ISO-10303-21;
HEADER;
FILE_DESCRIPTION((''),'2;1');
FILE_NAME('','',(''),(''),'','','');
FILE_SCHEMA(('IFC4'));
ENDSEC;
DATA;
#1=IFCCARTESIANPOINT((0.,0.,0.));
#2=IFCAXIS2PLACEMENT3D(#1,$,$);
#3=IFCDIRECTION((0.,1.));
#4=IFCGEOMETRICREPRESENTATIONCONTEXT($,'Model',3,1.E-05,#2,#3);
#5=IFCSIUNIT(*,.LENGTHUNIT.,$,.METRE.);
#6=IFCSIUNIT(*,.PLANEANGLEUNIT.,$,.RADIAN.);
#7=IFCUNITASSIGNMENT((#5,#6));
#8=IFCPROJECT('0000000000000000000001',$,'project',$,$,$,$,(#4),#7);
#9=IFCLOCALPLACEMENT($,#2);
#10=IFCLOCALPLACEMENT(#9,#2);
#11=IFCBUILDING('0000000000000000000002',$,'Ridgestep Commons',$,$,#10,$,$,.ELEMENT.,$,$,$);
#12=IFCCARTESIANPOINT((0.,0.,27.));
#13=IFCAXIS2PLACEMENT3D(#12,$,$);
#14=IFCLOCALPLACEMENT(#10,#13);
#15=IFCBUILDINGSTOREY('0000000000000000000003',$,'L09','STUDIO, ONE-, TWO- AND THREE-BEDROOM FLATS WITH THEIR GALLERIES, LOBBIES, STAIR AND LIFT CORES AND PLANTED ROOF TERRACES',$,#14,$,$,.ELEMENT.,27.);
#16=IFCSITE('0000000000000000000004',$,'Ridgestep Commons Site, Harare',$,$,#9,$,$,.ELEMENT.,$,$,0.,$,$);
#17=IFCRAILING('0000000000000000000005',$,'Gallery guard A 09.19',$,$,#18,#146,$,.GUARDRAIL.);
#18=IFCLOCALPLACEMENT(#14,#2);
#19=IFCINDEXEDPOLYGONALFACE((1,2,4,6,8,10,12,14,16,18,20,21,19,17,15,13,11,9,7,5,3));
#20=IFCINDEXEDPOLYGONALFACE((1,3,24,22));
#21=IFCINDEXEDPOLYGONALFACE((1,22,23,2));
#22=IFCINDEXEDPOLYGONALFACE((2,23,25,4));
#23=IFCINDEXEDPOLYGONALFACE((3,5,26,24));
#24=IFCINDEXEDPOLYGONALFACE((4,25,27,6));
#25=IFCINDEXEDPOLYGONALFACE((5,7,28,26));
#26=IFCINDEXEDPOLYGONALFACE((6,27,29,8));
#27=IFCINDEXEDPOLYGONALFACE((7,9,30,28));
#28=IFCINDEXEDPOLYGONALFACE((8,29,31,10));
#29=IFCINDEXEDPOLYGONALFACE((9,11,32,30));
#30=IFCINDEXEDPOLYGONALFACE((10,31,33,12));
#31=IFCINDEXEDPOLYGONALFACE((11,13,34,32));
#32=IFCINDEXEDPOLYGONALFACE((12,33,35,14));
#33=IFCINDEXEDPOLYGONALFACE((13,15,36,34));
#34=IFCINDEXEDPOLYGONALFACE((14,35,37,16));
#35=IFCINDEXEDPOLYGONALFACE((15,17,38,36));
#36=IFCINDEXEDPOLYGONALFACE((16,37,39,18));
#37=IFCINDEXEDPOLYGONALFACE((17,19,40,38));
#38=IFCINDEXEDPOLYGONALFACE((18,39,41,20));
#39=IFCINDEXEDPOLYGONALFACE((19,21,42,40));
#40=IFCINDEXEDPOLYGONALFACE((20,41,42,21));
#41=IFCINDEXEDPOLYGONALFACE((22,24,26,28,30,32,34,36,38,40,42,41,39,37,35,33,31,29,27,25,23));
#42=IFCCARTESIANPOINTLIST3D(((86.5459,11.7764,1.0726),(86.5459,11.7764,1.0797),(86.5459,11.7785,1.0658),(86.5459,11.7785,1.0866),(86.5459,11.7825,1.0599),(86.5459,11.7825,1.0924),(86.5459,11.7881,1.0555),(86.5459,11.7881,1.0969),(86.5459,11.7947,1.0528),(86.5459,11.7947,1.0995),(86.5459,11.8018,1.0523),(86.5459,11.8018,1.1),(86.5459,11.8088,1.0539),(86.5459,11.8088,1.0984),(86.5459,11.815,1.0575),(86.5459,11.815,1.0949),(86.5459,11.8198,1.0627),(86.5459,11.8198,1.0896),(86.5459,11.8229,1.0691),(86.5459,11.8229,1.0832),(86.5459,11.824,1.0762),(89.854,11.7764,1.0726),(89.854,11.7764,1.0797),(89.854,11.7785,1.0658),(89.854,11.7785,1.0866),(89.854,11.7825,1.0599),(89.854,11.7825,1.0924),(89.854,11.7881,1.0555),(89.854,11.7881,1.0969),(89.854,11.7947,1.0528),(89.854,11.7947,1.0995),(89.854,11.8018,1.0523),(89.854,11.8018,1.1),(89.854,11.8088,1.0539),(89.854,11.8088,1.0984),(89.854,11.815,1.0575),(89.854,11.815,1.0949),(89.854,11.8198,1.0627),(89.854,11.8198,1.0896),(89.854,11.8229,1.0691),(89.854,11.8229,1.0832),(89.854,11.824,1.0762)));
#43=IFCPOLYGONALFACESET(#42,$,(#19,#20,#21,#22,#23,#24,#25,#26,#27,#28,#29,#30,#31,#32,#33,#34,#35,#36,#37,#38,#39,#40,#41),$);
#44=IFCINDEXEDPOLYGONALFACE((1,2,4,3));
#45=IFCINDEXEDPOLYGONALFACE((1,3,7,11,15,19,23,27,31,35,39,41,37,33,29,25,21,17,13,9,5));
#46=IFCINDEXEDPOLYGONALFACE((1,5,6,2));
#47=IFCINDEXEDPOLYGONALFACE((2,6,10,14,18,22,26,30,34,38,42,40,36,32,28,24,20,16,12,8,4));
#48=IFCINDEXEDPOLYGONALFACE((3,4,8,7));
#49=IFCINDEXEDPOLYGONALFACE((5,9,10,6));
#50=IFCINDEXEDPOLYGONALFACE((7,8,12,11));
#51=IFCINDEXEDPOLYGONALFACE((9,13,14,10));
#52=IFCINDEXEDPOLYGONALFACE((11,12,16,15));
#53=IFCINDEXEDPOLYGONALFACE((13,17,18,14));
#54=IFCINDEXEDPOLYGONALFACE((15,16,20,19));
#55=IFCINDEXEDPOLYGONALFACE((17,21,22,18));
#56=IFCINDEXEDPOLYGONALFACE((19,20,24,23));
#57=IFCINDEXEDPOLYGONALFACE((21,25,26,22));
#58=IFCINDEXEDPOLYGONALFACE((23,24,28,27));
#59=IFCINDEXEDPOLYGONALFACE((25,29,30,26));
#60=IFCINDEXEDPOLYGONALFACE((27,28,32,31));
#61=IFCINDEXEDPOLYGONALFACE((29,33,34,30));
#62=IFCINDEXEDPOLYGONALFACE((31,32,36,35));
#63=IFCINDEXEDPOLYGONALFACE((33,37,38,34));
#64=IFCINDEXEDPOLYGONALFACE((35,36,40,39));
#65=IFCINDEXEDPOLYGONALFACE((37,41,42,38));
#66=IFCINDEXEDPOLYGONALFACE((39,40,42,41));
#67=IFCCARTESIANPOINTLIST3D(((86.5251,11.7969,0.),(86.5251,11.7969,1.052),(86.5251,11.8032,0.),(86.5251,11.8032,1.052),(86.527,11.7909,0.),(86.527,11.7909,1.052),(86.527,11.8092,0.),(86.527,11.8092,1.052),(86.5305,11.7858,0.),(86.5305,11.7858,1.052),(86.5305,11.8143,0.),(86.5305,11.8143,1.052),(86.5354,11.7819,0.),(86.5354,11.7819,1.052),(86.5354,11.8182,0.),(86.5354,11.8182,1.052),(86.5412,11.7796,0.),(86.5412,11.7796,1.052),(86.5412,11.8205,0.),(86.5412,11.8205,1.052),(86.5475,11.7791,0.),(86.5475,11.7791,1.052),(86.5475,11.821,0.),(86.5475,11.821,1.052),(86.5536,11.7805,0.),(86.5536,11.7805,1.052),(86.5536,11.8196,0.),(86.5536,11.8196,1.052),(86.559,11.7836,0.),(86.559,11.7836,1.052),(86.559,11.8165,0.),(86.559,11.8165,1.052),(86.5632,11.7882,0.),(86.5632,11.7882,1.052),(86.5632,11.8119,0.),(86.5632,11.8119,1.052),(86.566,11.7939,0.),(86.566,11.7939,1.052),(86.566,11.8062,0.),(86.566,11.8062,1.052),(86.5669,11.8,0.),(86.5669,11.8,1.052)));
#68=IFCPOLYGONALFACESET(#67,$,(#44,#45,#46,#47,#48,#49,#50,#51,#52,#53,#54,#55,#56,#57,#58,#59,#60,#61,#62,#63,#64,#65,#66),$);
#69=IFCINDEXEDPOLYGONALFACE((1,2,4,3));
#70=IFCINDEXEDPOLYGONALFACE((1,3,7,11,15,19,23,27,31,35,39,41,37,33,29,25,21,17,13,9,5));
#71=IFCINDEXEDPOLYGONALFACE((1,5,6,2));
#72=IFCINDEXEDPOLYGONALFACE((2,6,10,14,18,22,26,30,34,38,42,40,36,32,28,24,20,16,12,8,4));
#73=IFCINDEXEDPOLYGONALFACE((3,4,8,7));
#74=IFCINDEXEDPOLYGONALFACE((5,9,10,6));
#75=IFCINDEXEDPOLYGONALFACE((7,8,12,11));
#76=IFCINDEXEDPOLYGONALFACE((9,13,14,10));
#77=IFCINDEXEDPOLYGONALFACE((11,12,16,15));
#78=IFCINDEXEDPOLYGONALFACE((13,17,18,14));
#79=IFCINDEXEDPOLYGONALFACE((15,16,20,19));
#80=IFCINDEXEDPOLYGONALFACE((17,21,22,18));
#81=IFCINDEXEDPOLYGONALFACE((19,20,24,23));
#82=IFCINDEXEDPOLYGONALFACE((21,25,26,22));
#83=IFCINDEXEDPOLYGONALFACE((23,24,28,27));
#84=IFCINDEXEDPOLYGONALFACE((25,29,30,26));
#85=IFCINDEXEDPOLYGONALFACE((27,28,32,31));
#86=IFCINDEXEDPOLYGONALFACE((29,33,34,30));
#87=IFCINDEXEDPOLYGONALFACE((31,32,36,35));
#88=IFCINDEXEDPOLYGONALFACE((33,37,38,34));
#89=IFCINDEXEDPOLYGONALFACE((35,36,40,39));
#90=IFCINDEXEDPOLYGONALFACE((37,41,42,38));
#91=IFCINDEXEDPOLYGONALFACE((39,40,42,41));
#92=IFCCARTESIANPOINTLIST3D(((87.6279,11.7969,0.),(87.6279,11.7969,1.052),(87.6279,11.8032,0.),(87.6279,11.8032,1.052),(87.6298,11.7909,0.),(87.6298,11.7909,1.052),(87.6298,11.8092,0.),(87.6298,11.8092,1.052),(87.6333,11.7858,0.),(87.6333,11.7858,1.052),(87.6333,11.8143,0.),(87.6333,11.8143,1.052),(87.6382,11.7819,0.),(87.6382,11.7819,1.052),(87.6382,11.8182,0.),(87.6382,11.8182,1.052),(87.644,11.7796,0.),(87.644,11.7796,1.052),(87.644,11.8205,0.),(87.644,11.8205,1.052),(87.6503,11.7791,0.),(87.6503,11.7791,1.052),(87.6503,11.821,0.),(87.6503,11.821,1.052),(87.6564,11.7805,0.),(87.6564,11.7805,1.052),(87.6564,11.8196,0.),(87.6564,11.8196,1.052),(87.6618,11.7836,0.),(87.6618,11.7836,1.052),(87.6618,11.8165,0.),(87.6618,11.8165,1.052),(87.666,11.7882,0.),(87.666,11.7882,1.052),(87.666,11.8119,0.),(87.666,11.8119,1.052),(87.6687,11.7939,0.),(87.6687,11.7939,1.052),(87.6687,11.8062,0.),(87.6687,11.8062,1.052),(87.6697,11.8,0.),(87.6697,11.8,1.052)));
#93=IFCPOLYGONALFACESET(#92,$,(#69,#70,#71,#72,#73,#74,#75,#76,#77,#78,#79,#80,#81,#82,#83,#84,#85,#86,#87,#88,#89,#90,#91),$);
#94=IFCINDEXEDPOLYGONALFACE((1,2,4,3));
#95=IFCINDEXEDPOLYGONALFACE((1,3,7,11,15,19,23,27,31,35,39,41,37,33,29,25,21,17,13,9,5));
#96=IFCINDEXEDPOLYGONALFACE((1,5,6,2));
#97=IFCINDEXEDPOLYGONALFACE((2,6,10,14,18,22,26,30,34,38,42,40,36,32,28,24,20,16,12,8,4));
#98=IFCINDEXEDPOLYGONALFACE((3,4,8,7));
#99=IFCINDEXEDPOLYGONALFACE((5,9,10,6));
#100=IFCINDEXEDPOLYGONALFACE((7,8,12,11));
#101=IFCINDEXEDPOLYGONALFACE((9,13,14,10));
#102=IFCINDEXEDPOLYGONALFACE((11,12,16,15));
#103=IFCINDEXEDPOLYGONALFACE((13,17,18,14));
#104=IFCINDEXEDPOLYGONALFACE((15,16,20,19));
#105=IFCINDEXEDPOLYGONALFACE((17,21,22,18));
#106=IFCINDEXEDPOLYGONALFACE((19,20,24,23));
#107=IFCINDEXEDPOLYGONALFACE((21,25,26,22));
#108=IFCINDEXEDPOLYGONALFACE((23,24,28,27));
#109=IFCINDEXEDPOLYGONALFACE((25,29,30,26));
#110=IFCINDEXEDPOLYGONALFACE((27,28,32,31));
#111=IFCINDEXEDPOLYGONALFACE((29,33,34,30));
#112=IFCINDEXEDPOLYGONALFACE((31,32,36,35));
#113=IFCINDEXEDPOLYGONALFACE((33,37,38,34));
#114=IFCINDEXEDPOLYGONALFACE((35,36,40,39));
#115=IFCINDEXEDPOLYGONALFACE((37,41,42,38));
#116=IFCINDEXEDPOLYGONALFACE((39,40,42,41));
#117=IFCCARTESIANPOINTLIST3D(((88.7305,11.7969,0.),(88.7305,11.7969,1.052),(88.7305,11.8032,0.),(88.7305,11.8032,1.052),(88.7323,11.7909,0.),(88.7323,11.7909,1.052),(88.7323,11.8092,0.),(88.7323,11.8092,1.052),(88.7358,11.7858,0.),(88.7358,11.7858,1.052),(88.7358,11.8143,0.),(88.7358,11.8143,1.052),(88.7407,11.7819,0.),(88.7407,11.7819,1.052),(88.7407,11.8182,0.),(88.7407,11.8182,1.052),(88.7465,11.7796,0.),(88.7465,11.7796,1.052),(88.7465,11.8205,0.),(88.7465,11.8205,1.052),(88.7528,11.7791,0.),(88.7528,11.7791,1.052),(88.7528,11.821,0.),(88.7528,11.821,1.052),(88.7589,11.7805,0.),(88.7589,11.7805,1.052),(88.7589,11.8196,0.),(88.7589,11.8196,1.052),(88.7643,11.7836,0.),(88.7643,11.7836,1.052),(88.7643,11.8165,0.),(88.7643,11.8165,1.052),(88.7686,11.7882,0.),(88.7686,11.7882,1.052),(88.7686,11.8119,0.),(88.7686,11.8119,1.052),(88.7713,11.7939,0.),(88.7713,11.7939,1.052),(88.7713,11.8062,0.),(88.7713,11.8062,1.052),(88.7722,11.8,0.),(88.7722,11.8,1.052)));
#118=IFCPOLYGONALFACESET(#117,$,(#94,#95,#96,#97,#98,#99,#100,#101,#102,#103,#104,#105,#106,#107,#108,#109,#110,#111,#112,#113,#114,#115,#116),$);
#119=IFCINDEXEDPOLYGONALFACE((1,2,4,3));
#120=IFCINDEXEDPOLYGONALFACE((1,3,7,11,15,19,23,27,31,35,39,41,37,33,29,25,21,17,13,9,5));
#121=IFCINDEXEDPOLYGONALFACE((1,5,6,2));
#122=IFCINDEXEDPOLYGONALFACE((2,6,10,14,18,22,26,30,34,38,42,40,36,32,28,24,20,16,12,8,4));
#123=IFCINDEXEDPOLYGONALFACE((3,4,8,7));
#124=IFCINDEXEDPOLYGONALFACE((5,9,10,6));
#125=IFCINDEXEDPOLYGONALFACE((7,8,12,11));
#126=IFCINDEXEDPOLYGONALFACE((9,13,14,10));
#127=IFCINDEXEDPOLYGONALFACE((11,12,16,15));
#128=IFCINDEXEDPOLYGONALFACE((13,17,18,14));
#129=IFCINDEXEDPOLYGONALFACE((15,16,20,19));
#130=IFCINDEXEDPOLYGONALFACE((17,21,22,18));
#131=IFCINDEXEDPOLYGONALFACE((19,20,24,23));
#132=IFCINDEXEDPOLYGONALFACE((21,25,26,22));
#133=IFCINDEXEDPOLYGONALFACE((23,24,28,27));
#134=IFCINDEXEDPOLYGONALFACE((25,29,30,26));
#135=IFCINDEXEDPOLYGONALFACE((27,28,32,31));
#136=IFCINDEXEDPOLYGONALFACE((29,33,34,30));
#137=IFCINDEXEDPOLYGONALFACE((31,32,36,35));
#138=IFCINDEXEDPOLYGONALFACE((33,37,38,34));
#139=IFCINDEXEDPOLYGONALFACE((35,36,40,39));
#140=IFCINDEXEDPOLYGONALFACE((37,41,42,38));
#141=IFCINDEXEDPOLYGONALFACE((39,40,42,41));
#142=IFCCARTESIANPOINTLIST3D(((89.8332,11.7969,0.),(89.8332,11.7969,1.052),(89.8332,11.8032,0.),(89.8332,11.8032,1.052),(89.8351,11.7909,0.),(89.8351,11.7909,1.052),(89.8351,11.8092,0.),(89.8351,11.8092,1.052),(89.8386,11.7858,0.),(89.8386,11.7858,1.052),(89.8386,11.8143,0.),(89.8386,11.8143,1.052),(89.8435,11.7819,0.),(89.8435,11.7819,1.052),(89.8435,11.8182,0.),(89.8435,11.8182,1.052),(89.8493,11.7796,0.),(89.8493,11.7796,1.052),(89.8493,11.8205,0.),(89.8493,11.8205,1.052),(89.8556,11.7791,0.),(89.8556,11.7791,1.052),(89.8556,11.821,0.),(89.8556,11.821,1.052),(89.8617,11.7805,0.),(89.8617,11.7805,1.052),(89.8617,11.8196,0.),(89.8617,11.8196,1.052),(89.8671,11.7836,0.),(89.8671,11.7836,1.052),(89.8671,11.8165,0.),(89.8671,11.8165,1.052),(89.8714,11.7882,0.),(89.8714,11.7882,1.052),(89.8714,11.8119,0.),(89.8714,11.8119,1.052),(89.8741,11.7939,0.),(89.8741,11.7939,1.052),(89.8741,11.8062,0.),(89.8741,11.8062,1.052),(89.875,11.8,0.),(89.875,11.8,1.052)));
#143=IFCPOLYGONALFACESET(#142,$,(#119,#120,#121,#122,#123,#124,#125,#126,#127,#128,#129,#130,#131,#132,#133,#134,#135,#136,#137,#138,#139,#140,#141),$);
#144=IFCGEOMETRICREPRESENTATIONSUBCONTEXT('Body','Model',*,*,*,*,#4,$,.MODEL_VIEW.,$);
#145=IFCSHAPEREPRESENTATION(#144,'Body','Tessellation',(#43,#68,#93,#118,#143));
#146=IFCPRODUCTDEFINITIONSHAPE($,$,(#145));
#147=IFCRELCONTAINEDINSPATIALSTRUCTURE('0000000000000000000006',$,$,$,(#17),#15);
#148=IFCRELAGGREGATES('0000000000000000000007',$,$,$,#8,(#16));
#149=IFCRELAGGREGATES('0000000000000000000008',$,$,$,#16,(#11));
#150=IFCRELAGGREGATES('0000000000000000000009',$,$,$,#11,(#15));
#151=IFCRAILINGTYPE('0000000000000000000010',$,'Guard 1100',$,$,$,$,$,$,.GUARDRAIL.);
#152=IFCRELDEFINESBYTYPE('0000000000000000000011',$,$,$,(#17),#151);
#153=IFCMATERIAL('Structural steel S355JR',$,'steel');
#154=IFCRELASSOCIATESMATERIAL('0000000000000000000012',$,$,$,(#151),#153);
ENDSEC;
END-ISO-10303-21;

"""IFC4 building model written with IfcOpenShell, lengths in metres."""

from ifc_helpers import new_model, si_unit, direction, frame, origin, origin_2d, place, context, subcontext, project, spatial, circle, extrude, material, type_object, element, save


model = new_model("IFC4")

# Units and contexts
model_context = context("Model", 3, precision=1e-05, world=origin(), true_north=direction((0.0, 1.0)))
body_context = subcontext(model_context, "Body", "Model", "MODEL_VIEW")
ifc_project = project(units=[si_unit("LENGTHUNIT", "METRE"), si_unit("PLANEANGLEUNIT", "RADIAN")], contexts=[model_context])

# Site, building, storey
site_placement = place(None, origin())
site = spatial("IfcSite", under=ifc_project, at=site_placement, Name="Ridgestep Commons Site, Harare", CompositionType="ELEMENT", RefElevation=0.0)
building_placement = place(site_placement, origin())
building = spatial("IfcBuilding", under=site, at=building_placement, Name="Ridgestep Commons", CompositionType="ELEMENT")
storey_placement = place(building_placement, frame((0.0, 0.0, 27.0)))
storey = spatial("IfcBuildingStorey", under=building, at=storey_placement, Name="L09", Description="STUDIO, ONE-, TWO- AND THREE-BEDROOM FLATS WITH THEIR GALLERIES, LOBBIES, STAIR AND LIFT CORES AND PLANTED ROOF TERRACES", CompositionType="ELEMENT", Elevation=27.0)

# Railing
ifc_material_1 = material(Name="Structural steel S355JR", Category="steel")
railing_type = type_object("IfcRailingType", Name="Guard 1100", PredefinedType="GUARDRAIL", material=ifc_material_1)
railing_1_placement = place(storey_placement, frame((86.5459, 11.8, 0.0)))
element("IfcRailing", 1, at=railing_1_placement, inside=storey, type_object=railing_type, Name="Gallery guard A 09.19", PredefinedType="GUARDRAIL", context=body_context, shape_type="SweptSolid", body=[
    extrude(circle(Radius=0.0239, at=origin_2d()), frame((0.0, 0.0, 1.0762), z_axis=(1.0, 0.0, 0.0), x_axis=(0.0, 1.0, 0.0)), (0.0, 0.0, 1.0), 3.3081),
    extrude(circle(Radius=0.021, at=origin_2d()), origin(), (0.0, 0.0, 1.0), 1.052),
    extrude(circle(Radius=0.021, at=origin_2d()), frame((1.1028, 0.0, 0.0)), (0.0, 0.0, 1.0), 1.052),
    extrude(circle(Radius=0.021, at=origin_2d()), frame((2.2053, 0.0, 0.0)), (0.0, 0.0, 1.0), 1.052),
    extrude(circle(Radius=0.021, at=origin_2d()), frame((3.3081, 0.0, 0.0)), (0.0, 0.0, 1.0), 1.052),
])

save(model, "model.ifc")
